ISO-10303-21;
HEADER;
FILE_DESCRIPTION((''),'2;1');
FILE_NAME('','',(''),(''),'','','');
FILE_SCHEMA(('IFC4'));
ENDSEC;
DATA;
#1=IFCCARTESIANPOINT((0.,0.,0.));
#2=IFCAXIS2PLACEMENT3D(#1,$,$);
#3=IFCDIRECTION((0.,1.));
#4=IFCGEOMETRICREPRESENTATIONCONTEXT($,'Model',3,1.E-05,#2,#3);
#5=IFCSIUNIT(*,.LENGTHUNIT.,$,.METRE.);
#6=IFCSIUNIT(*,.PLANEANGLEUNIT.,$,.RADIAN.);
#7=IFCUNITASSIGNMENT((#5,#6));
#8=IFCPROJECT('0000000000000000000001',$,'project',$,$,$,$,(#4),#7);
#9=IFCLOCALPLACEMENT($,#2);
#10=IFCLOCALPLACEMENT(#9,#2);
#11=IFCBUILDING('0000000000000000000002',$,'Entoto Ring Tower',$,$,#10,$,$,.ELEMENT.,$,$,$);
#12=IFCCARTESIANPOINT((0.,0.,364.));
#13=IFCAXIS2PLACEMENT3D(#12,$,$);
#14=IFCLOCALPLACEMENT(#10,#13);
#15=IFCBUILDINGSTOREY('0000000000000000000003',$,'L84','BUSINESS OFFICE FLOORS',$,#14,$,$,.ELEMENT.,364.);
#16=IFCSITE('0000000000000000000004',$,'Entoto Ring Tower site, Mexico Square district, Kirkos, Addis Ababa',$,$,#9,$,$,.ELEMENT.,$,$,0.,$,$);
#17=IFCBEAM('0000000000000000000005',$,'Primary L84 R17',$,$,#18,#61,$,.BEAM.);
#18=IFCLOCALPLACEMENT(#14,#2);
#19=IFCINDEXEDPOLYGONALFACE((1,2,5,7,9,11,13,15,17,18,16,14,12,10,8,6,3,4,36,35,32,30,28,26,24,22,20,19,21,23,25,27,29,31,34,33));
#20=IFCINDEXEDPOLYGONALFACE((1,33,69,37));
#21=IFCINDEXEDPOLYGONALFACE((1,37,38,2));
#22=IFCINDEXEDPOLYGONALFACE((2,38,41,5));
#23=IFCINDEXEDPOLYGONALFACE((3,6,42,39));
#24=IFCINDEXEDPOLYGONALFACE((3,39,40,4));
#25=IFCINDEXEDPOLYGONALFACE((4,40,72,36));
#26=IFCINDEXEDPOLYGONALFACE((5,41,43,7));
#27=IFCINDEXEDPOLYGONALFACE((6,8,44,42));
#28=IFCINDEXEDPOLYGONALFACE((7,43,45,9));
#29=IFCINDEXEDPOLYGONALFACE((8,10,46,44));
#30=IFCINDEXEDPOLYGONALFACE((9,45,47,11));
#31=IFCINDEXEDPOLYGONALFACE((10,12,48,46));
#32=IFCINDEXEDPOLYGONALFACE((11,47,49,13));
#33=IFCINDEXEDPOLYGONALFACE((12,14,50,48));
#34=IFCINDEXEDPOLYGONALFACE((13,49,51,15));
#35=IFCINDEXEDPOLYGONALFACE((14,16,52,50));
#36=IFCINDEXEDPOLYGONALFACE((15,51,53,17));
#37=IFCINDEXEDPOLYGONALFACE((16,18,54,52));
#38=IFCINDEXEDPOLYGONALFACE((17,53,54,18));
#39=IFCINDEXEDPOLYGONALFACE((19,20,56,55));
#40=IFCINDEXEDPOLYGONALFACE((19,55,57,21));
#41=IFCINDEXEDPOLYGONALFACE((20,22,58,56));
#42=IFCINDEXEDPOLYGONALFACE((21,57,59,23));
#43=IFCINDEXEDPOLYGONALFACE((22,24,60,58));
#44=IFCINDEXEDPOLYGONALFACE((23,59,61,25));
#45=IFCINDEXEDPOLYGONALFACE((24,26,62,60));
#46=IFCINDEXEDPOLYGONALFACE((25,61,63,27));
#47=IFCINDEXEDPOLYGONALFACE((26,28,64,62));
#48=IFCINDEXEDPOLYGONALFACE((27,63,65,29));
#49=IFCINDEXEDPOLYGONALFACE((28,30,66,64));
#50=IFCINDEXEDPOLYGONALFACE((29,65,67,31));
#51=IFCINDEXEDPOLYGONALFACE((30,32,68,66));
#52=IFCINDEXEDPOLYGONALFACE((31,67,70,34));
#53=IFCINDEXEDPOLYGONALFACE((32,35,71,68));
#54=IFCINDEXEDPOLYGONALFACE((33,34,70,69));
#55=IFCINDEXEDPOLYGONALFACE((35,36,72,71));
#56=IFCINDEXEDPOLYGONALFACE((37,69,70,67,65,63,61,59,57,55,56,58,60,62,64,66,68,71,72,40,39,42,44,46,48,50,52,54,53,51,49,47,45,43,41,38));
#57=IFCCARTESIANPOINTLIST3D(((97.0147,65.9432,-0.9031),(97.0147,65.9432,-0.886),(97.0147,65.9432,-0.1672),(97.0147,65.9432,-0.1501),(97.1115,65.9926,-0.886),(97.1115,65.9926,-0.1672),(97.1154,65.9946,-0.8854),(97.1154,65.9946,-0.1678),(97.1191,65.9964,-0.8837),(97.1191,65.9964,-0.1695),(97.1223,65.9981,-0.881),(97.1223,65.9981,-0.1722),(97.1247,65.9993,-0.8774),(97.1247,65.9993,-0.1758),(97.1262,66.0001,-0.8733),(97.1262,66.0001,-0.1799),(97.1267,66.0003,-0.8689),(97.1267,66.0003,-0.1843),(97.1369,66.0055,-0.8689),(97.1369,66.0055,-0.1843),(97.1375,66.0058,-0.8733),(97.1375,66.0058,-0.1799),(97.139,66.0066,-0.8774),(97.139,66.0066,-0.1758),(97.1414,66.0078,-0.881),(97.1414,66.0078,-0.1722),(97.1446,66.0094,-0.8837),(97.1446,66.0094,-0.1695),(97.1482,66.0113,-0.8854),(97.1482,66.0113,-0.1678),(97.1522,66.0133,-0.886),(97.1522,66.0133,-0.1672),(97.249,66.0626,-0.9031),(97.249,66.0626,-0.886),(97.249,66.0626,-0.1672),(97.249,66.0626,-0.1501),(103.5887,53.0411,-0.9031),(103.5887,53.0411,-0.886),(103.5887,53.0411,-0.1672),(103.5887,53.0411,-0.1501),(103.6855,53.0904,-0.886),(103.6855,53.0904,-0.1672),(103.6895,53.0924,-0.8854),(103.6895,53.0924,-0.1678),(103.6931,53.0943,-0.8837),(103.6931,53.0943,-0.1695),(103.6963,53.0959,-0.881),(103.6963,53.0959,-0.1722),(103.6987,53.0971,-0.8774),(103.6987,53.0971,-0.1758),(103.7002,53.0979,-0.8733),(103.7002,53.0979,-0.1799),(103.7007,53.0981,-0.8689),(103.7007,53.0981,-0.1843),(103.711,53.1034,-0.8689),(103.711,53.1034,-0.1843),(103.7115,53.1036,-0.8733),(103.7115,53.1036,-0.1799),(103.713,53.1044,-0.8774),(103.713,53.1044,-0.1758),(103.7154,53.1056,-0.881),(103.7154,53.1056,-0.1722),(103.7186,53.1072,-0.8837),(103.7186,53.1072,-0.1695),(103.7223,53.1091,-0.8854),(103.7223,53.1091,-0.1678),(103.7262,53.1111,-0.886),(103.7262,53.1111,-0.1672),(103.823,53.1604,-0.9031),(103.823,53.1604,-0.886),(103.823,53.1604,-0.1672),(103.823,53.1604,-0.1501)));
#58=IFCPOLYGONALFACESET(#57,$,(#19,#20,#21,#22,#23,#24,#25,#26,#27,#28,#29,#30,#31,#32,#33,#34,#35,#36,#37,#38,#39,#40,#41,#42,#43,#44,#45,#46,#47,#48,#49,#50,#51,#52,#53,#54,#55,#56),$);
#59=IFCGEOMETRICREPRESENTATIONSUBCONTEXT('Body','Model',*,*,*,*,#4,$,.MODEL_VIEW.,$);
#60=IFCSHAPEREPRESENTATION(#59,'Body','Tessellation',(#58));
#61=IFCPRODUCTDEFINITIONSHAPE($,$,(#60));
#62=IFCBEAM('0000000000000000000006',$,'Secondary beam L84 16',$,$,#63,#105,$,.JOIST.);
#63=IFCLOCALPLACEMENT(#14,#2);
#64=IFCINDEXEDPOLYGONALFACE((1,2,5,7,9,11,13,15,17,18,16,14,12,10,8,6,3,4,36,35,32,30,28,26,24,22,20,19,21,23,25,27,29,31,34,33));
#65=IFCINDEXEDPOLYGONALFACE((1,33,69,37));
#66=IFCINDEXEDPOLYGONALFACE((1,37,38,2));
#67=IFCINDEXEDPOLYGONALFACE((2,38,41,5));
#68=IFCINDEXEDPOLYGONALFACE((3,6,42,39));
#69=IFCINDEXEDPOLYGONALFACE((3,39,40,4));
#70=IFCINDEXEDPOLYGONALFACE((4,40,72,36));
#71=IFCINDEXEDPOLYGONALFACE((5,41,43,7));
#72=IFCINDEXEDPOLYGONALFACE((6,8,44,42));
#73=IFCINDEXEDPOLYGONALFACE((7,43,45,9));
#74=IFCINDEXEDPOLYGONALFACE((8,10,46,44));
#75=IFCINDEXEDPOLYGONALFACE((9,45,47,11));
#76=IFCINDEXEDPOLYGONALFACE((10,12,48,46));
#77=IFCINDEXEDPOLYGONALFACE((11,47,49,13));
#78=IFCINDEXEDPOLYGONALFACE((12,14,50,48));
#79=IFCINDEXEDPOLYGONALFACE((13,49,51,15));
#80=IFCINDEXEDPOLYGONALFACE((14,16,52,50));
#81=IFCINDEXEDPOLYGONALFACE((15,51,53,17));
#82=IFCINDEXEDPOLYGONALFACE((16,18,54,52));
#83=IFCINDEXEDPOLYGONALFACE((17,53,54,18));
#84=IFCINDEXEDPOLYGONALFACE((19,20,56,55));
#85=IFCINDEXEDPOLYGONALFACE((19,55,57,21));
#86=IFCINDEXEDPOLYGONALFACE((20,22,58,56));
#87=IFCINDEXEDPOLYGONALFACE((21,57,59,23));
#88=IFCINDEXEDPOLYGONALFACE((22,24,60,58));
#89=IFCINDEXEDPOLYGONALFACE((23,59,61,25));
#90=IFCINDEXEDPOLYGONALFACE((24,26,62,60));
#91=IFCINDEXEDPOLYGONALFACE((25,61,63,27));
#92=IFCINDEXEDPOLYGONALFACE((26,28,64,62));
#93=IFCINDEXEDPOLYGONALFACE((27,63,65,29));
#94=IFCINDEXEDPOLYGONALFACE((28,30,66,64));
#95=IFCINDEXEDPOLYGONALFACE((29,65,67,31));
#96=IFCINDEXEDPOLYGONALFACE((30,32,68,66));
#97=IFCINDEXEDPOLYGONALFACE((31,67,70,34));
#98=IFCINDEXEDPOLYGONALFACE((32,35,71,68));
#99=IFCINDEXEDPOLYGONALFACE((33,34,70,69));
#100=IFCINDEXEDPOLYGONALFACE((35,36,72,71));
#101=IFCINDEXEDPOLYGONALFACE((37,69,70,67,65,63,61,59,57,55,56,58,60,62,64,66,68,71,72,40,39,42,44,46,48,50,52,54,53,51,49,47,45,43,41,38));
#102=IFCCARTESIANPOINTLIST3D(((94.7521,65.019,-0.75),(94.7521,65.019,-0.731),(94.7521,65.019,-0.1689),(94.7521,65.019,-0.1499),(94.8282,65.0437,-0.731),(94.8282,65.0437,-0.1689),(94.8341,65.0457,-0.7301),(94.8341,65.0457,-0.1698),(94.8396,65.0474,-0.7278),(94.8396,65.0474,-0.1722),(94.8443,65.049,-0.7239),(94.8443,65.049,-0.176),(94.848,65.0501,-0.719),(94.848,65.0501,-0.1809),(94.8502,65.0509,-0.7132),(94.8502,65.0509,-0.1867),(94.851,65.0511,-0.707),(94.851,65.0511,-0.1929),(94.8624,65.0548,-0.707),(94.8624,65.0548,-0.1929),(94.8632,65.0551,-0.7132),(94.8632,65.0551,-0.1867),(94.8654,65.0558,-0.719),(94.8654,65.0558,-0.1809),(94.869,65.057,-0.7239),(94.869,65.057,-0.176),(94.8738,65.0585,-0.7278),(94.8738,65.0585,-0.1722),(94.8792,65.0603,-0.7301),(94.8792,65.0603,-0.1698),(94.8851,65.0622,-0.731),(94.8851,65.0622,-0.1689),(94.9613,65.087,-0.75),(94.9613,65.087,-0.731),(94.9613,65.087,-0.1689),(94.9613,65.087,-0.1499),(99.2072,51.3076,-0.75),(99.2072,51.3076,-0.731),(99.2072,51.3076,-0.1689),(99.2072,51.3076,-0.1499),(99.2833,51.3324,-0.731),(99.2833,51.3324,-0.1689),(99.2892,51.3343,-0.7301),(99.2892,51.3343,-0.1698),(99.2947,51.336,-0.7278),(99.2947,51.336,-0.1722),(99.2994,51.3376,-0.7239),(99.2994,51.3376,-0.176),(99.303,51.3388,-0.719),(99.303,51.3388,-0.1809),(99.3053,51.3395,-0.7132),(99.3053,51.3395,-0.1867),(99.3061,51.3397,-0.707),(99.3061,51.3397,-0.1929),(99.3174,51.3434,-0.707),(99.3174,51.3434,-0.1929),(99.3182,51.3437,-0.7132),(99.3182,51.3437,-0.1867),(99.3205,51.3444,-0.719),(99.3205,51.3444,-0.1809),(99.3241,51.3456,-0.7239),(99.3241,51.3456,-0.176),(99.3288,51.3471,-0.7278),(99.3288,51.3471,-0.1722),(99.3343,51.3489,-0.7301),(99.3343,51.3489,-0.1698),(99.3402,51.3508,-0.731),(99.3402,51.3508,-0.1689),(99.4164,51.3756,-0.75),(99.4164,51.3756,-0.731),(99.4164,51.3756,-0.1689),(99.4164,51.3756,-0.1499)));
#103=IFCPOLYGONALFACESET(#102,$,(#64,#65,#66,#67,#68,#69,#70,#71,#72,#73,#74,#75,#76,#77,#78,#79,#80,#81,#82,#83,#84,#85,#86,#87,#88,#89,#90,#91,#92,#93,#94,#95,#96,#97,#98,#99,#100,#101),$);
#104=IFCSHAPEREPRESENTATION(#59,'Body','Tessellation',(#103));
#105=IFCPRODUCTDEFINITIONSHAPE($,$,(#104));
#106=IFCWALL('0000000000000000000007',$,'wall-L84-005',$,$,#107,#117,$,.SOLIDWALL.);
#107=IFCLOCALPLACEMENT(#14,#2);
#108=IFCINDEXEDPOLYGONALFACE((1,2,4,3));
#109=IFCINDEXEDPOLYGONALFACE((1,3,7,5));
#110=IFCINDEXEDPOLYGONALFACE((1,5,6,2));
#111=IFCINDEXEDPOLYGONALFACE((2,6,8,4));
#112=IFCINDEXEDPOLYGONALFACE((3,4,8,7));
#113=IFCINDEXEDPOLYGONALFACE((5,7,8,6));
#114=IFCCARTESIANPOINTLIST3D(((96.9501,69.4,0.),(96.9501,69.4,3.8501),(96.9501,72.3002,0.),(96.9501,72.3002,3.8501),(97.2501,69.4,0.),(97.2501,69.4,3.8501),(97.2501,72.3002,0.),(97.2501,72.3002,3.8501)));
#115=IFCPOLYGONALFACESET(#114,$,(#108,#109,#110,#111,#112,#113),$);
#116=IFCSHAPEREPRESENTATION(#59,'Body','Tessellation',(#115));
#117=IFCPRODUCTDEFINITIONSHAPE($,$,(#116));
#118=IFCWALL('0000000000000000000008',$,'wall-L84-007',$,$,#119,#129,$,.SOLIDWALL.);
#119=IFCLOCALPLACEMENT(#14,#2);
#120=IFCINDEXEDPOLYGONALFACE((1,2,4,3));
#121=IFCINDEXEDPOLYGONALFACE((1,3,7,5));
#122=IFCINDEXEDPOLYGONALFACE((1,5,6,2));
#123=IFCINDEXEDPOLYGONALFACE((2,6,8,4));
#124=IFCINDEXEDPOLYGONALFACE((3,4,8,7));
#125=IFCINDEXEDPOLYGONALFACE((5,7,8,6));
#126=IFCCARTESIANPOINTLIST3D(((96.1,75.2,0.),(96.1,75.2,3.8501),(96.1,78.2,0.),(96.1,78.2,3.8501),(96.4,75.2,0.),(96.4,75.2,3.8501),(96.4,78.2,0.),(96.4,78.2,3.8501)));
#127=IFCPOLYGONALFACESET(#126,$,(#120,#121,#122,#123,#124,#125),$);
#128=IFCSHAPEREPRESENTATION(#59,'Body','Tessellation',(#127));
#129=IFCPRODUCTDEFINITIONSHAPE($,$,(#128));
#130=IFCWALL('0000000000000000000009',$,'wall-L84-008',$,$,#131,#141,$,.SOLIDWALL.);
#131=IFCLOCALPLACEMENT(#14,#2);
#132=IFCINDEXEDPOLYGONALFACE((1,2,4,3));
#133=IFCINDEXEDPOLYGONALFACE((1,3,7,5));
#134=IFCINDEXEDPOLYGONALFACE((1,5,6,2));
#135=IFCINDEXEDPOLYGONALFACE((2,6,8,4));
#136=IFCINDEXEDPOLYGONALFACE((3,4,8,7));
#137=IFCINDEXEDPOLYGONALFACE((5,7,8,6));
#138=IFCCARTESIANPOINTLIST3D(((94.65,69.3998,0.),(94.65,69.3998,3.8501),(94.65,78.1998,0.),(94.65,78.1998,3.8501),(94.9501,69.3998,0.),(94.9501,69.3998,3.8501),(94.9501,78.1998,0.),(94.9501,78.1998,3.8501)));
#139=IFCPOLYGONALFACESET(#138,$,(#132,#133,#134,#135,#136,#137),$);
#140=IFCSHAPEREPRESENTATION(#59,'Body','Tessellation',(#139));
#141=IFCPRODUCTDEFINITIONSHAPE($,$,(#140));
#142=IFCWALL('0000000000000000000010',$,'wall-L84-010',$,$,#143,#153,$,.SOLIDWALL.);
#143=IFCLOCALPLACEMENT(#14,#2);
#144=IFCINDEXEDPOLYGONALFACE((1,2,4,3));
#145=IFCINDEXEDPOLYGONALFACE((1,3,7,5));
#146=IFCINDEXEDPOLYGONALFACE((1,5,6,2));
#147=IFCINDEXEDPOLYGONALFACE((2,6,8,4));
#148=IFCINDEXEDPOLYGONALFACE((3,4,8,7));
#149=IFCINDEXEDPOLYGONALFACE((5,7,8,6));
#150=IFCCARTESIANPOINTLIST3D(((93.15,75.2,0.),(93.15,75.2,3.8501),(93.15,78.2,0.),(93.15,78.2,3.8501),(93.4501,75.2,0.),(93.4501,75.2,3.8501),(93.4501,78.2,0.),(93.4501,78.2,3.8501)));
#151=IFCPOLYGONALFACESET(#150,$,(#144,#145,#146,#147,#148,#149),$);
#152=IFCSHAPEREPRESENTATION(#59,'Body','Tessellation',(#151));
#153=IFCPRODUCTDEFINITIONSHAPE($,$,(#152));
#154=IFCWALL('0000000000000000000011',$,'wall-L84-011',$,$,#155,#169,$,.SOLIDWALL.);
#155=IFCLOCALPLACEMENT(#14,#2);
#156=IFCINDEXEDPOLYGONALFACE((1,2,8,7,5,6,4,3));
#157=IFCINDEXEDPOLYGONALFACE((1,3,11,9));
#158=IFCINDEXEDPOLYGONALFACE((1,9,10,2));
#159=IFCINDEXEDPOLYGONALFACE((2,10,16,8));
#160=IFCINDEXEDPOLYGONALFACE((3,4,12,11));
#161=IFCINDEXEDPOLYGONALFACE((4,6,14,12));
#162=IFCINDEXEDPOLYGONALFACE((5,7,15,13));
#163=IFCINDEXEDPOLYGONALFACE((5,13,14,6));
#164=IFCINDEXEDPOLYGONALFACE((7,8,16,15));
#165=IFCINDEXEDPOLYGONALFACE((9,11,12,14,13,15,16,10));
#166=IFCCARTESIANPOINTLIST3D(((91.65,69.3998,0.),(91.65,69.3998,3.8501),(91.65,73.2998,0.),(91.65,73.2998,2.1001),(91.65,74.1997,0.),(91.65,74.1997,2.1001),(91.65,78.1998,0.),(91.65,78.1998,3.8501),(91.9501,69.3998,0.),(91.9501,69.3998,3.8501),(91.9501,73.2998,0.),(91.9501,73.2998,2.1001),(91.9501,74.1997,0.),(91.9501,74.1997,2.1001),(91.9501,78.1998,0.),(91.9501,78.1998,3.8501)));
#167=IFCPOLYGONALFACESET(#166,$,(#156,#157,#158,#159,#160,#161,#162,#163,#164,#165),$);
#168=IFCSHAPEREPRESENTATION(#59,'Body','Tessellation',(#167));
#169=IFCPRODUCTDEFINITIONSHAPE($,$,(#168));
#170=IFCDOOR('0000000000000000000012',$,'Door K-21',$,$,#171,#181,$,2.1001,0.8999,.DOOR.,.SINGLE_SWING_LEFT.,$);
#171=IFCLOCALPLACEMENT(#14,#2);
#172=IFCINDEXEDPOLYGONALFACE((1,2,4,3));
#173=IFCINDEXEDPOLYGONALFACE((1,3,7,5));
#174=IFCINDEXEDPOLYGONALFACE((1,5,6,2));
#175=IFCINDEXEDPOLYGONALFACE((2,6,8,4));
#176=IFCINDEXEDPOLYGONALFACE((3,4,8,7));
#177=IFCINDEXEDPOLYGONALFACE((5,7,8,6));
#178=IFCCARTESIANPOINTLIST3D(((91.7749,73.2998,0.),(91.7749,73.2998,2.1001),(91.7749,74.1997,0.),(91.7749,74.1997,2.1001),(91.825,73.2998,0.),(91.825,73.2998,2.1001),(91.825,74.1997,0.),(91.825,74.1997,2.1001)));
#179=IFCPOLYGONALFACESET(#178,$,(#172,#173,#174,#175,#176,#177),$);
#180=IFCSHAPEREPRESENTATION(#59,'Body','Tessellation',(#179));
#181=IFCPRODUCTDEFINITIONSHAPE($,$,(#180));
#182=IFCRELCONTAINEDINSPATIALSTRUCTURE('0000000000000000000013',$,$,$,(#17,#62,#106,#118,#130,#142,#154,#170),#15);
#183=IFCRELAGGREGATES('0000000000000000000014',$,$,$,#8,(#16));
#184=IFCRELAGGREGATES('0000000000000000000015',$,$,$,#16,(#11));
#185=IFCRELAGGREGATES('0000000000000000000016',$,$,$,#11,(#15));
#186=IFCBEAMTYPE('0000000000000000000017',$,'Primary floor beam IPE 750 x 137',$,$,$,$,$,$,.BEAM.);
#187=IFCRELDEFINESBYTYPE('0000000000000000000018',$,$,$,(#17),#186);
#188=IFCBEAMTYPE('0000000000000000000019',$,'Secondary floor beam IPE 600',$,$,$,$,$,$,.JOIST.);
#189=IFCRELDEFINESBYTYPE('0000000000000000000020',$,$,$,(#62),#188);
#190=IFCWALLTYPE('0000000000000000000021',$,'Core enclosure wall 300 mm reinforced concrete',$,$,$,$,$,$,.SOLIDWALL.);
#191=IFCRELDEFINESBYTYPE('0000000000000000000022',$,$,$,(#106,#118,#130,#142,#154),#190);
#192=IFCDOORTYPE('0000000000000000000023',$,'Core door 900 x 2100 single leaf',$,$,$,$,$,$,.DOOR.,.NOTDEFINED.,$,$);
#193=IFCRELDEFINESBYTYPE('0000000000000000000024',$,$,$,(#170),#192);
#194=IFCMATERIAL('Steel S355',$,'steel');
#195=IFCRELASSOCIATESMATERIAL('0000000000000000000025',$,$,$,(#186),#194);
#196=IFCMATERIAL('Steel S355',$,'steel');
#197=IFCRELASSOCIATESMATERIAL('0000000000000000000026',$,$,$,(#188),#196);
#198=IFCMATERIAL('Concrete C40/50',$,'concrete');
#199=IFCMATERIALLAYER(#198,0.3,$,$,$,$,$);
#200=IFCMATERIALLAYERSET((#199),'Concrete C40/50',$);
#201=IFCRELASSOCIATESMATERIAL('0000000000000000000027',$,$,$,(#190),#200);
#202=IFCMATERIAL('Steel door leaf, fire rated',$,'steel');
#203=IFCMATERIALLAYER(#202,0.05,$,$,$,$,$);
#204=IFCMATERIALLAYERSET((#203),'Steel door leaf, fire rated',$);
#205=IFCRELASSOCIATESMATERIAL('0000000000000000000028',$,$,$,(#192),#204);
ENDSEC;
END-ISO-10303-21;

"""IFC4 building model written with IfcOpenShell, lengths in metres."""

from ifc_helpers import new_model, si_unit, direction, frame, frame_2d, origin, origin_2d, place, context, subcontext, project, spatial, rectangle, i_section, extrude, material, layer, layer_set, material_profile, profile_set, type_object, element, fill, save


model = new_model("IFC4")

# Units and contexts
model_context = context("Model", 3, precision=1e-05, world=origin(), true_north=direction((0.0, 1.0)))
body_context = subcontext(model_context, "Body", "Model", "MODEL_VIEW")
ifc_project = project(units=[si_unit("LENGTHUNIT", "METRE"), si_unit("PLANEANGLEUNIT", "RADIAN")], contexts=[model_context])

# Site, building, storey
site_placement = place(None, origin())
site = spatial("IfcSite", under=ifc_project, at=site_placement, Name="Entoto Ring Tower site, Mexico Square district, Kirkos, Addis Ababa", CompositionType="ELEMENT", RefElevation=0.0)
building_placement = place(site_placement, origin())
building = spatial("IfcBuilding", under=site, at=building_placement, Name="Entoto Ring Tower", CompositionType="ELEMENT")
storey_placement = place(building_placement, frame((0.0, 0.0, 364.0)))
storey = spatial("IfcBuildingStorey", under=building, at=storey_placement, Name="L84", Description="BUSINESS OFFICE FLOORS", CompositionType="ELEMENT", Elevation=364.0)

# Beams
ifc_material_1 = material(Name="Steel S355", Category="steel")
ifc_material_profile_1 = material_profile(ifc_material_1, i_section(OverallWidth=0.2629, OverallDepth=0.7529, WebThickness=0.0115, FlangeThickness=0.0171, FilletRadius=0.0171, at=origin_2d()), Name="IPE 750 x 137")
ifc_profile_set_1 = profile_set([ifc_material_profile_1], Name="Steel S355")
beam_type_1 = type_object("IfcBeamType", Name="Primary floor beam IPE 750 x 137", PredefinedType="BEAM", material=ifc_profile_set_1)
beam_1_placement = place(storey_placement, frame((97.1318, 66.0029, -0.5266), z_axis=(0.453992, -0.891006, 0.0), x_axis=(0.891006, 0.453992, 0.0)))
element("IfcBeam", 1, at=beam_1_placement, inside=storey, type_object=beam_type_1, Name="Primary L84 R17", PredefinedType="BEAM", context=body_context, shape_type="SweptSolid", body=[
    extrude(i_section(OverallWidth=0.2629, OverallDepth=0.7529, WebThickness=0.0115, FlangeThickness=0.0171, FilletRadius=0.0171, at=origin_2d()), origin(), (0.0, 0.0, 1.0), 14.4805),
])
ifc_material_2 = material(Name="Steel S355", Category="steel")
ifc_material_profile_2 = material_profile(ifc_material_2, i_section(OverallWidth=0.22, OverallDepth=0.6001, WebThickness=0.012, FlangeThickness=0.019, FilletRadius=0.0239, at=origin_2d()), Name="IPE 600")
ifc_profile_set_2 = profile_set([ifc_material_profile_2], Name="Steel S355")
beam_type_2 = type_object("IfcBeamType", Name="Secondary floor beam IPE 600", PredefinedType="JOIST", material=ifc_profile_set_2)
beam_2_placement = place(storey_placement, frame((94.8567, 65.053, -0.45), z_axis=(0.309015, -0.951057, 0.0), x_axis=(0.951057, 0.309015, 0.0)))
element("IfcBeam", 2, at=beam_2_placement, inside=storey, type_object=beam_type_2, Name="Secondary beam L84 16", PredefinedType="JOIST", context=body_context, shape_type="SweptSolid", body=[
    extrude(i_section(OverallWidth=0.22, OverallDepth=0.6001, WebThickness=0.012, FlangeThickness=0.019, FilletRadius=0.0239, at=origin_2d()), origin(), (0.0, 0.0, 1.0), 14.417),
])

# Walls
ifc_material_3 = material(Name="Concrete C40/50", Category="concrete")
ifc_layer_1 = layer(ifc_material_3, 0.3)
ifc_layer_set_1 = layer_set([ifc_layer_1], Name="Concrete C40/50")
wall_type_1 = type_object("IfcWallType", Name="Core enclosure wall 300 mm reinforced concrete", PredefinedType="SOLIDWALL", material=ifc_layer_set_1)
wall_1_placement = place(storey_placement, frame((97.1001, 69.3999, 0.0), z_axis=(0.0, 0.0, 1.0), x_axis=(0.0, 1.0, 0.0)))
element("IfcWall", 3, at=wall_1_placement, inside=storey, type_object=wall_type_1, Name="wall-L84-005", PredefinedType="SOLIDWALL", context=body_context, shape_type="SweptSolid", body=[
    extrude(rectangle(XDim=2.9001, YDim=0.3, at=frame_2d((1.4502, 0.0))), origin(), (0.0, 0.0, 1.0), 3.8501),
])
wall_2_placement = place(storey_placement, frame((96.25, 75.2, 0.0), z_axis=(0.0, 0.0, 1.0), x_axis=(0.0, 1.0, 0.0)))
element("IfcWall", 4, at=wall_2_placement, inside=storey, type_object=wall_type_1, Name="wall-L84-007", PredefinedType="SOLIDWALL", context=body_context, shape_type="SweptSolid", body=[
    extrude(rectangle(XDim=3.0, YDim=0.3, at=frame_2d((1.5, 0.0))), origin(), (0.0, 0.0, 1.0), 3.8501),
])
wall_3_placement = place(storey_placement, frame((94.8, 69.3999, 0.0), z_axis=(0.0, 0.0, 1.0), x_axis=(0.0, 1.0, 0.0)))
element("IfcWall", 5, at=wall_3_placement, inside=storey, type_object=wall_type_1, Name="wall-L84-008", PredefinedType="SOLIDWALL", context=body_context, shape_type="SweptSolid", body=[
    extrude(rectangle(XDim=8.8, YDim=0.3, at=frame_2d((4.3999, 0.0))), origin(), (0.0, 0.0, 1.0), 3.8501),
])
wall_4_placement = place(storey_placement, frame((93.3, 75.2, 0.0), z_axis=(0.0, 0.0, 1.0), x_axis=(0.0, 1.0, 0.0)))
element("IfcWall", 6, at=wall_4_placement, inside=storey, type_object=wall_type_1, Name="wall-L84-010", PredefinedType="SOLIDWALL", context=body_context, shape_type="SweptSolid", body=[
    extrude(rectangle(XDim=3.0, YDim=0.3, at=frame_2d((1.5, 0.0))), origin(), (0.0, 0.0, 1.0), 3.8501),
])

# Wall, opening, door
wall_5_placement = place(storey_placement, frame((91.8, 69.3999, 0.0), z_axis=(0.0, 0.0, 1.0), x_axis=(0.0, 1.0, 0.0)))
wall_5 = element("IfcWall", 7, at=wall_5_placement, inside=storey, type_object=wall_type_1, Name="wall-L84-011", PredefinedType="SOLIDWALL", context=body_context, shape_type="SweptSolid", body=[
    extrude(rectangle(XDim=8.8, YDim=0.3, at=frame_2d((4.3999, 0.0))), origin(), (0.0, 0.0, 1.0), 3.8501),
])
opening_1_placement = place(wall_5_placement, frame((3.8999, 0.0, 0.0)))
opening_1 = element("IfcOpeningElement", 8, at=opening_1_placement, cuts=wall_5, PredefinedType="OPENING", context=body_context, shape_type="SweptSolid", body=[
    extrude(rectangle(XDim=0.8999, YDim=2.1001, at=frame_2d((0.45, 1.05))), frame((0.0, 0.1602, 0.0), z_axis=(0.0, -1.0, 0.0), x_axis=(1.0, 0.0, 0.0)), (0.0, 0.0, 1.0), 0.3201),
])
ifc_material_4 = material(Name="Steel door leaf, fire rated", Category="steel")
ifc_layer_2 = layer(ifc_material_4, 0.05)
ifc_layer_set_2 = layer_set([ifc_layer_2], Name="Steel door leaf, fire rated")
door_type_1 = type_object("IfcDoorType", Name="Core door 900 x 2100 single leaf", OperationType="NOTDEFINED", PredefinedType="DOOR", material=ifc_layer_set_2)
door_1_placement = place(opening_1_placement, frame((0.8999, 0.0, 0.0), z_axis=(0.0, 0.0, 1.0), x_axis=(-1.0, 0.0, 0.0)))
door_1 = element("IfcDoor", 9, at=door_1_placement, inside=storey, type_object=door_type_1, Name="Door K-21", OperationType="SINGLE_SWING_LEFT", OverallHeight=2.1001, OverallWidth=0.8999, PredefinedType="DOOR", context=body_context, shape_type="SweptSolid", body=[
    extrude(rectangle(XDim=0.8999, YDim=2.1001, at=frame_2d((0.45, 1.05))), frame((0.0, 0.0249, 0.0), z_axis=(0.0, -1.0, 0.0), x_axis=(1.0, 0.0, 0.0)), (0.0, 0.0, 1.0), 0.05),
])
fill(opening_1, door_1)

save(model, "model.ifc")
